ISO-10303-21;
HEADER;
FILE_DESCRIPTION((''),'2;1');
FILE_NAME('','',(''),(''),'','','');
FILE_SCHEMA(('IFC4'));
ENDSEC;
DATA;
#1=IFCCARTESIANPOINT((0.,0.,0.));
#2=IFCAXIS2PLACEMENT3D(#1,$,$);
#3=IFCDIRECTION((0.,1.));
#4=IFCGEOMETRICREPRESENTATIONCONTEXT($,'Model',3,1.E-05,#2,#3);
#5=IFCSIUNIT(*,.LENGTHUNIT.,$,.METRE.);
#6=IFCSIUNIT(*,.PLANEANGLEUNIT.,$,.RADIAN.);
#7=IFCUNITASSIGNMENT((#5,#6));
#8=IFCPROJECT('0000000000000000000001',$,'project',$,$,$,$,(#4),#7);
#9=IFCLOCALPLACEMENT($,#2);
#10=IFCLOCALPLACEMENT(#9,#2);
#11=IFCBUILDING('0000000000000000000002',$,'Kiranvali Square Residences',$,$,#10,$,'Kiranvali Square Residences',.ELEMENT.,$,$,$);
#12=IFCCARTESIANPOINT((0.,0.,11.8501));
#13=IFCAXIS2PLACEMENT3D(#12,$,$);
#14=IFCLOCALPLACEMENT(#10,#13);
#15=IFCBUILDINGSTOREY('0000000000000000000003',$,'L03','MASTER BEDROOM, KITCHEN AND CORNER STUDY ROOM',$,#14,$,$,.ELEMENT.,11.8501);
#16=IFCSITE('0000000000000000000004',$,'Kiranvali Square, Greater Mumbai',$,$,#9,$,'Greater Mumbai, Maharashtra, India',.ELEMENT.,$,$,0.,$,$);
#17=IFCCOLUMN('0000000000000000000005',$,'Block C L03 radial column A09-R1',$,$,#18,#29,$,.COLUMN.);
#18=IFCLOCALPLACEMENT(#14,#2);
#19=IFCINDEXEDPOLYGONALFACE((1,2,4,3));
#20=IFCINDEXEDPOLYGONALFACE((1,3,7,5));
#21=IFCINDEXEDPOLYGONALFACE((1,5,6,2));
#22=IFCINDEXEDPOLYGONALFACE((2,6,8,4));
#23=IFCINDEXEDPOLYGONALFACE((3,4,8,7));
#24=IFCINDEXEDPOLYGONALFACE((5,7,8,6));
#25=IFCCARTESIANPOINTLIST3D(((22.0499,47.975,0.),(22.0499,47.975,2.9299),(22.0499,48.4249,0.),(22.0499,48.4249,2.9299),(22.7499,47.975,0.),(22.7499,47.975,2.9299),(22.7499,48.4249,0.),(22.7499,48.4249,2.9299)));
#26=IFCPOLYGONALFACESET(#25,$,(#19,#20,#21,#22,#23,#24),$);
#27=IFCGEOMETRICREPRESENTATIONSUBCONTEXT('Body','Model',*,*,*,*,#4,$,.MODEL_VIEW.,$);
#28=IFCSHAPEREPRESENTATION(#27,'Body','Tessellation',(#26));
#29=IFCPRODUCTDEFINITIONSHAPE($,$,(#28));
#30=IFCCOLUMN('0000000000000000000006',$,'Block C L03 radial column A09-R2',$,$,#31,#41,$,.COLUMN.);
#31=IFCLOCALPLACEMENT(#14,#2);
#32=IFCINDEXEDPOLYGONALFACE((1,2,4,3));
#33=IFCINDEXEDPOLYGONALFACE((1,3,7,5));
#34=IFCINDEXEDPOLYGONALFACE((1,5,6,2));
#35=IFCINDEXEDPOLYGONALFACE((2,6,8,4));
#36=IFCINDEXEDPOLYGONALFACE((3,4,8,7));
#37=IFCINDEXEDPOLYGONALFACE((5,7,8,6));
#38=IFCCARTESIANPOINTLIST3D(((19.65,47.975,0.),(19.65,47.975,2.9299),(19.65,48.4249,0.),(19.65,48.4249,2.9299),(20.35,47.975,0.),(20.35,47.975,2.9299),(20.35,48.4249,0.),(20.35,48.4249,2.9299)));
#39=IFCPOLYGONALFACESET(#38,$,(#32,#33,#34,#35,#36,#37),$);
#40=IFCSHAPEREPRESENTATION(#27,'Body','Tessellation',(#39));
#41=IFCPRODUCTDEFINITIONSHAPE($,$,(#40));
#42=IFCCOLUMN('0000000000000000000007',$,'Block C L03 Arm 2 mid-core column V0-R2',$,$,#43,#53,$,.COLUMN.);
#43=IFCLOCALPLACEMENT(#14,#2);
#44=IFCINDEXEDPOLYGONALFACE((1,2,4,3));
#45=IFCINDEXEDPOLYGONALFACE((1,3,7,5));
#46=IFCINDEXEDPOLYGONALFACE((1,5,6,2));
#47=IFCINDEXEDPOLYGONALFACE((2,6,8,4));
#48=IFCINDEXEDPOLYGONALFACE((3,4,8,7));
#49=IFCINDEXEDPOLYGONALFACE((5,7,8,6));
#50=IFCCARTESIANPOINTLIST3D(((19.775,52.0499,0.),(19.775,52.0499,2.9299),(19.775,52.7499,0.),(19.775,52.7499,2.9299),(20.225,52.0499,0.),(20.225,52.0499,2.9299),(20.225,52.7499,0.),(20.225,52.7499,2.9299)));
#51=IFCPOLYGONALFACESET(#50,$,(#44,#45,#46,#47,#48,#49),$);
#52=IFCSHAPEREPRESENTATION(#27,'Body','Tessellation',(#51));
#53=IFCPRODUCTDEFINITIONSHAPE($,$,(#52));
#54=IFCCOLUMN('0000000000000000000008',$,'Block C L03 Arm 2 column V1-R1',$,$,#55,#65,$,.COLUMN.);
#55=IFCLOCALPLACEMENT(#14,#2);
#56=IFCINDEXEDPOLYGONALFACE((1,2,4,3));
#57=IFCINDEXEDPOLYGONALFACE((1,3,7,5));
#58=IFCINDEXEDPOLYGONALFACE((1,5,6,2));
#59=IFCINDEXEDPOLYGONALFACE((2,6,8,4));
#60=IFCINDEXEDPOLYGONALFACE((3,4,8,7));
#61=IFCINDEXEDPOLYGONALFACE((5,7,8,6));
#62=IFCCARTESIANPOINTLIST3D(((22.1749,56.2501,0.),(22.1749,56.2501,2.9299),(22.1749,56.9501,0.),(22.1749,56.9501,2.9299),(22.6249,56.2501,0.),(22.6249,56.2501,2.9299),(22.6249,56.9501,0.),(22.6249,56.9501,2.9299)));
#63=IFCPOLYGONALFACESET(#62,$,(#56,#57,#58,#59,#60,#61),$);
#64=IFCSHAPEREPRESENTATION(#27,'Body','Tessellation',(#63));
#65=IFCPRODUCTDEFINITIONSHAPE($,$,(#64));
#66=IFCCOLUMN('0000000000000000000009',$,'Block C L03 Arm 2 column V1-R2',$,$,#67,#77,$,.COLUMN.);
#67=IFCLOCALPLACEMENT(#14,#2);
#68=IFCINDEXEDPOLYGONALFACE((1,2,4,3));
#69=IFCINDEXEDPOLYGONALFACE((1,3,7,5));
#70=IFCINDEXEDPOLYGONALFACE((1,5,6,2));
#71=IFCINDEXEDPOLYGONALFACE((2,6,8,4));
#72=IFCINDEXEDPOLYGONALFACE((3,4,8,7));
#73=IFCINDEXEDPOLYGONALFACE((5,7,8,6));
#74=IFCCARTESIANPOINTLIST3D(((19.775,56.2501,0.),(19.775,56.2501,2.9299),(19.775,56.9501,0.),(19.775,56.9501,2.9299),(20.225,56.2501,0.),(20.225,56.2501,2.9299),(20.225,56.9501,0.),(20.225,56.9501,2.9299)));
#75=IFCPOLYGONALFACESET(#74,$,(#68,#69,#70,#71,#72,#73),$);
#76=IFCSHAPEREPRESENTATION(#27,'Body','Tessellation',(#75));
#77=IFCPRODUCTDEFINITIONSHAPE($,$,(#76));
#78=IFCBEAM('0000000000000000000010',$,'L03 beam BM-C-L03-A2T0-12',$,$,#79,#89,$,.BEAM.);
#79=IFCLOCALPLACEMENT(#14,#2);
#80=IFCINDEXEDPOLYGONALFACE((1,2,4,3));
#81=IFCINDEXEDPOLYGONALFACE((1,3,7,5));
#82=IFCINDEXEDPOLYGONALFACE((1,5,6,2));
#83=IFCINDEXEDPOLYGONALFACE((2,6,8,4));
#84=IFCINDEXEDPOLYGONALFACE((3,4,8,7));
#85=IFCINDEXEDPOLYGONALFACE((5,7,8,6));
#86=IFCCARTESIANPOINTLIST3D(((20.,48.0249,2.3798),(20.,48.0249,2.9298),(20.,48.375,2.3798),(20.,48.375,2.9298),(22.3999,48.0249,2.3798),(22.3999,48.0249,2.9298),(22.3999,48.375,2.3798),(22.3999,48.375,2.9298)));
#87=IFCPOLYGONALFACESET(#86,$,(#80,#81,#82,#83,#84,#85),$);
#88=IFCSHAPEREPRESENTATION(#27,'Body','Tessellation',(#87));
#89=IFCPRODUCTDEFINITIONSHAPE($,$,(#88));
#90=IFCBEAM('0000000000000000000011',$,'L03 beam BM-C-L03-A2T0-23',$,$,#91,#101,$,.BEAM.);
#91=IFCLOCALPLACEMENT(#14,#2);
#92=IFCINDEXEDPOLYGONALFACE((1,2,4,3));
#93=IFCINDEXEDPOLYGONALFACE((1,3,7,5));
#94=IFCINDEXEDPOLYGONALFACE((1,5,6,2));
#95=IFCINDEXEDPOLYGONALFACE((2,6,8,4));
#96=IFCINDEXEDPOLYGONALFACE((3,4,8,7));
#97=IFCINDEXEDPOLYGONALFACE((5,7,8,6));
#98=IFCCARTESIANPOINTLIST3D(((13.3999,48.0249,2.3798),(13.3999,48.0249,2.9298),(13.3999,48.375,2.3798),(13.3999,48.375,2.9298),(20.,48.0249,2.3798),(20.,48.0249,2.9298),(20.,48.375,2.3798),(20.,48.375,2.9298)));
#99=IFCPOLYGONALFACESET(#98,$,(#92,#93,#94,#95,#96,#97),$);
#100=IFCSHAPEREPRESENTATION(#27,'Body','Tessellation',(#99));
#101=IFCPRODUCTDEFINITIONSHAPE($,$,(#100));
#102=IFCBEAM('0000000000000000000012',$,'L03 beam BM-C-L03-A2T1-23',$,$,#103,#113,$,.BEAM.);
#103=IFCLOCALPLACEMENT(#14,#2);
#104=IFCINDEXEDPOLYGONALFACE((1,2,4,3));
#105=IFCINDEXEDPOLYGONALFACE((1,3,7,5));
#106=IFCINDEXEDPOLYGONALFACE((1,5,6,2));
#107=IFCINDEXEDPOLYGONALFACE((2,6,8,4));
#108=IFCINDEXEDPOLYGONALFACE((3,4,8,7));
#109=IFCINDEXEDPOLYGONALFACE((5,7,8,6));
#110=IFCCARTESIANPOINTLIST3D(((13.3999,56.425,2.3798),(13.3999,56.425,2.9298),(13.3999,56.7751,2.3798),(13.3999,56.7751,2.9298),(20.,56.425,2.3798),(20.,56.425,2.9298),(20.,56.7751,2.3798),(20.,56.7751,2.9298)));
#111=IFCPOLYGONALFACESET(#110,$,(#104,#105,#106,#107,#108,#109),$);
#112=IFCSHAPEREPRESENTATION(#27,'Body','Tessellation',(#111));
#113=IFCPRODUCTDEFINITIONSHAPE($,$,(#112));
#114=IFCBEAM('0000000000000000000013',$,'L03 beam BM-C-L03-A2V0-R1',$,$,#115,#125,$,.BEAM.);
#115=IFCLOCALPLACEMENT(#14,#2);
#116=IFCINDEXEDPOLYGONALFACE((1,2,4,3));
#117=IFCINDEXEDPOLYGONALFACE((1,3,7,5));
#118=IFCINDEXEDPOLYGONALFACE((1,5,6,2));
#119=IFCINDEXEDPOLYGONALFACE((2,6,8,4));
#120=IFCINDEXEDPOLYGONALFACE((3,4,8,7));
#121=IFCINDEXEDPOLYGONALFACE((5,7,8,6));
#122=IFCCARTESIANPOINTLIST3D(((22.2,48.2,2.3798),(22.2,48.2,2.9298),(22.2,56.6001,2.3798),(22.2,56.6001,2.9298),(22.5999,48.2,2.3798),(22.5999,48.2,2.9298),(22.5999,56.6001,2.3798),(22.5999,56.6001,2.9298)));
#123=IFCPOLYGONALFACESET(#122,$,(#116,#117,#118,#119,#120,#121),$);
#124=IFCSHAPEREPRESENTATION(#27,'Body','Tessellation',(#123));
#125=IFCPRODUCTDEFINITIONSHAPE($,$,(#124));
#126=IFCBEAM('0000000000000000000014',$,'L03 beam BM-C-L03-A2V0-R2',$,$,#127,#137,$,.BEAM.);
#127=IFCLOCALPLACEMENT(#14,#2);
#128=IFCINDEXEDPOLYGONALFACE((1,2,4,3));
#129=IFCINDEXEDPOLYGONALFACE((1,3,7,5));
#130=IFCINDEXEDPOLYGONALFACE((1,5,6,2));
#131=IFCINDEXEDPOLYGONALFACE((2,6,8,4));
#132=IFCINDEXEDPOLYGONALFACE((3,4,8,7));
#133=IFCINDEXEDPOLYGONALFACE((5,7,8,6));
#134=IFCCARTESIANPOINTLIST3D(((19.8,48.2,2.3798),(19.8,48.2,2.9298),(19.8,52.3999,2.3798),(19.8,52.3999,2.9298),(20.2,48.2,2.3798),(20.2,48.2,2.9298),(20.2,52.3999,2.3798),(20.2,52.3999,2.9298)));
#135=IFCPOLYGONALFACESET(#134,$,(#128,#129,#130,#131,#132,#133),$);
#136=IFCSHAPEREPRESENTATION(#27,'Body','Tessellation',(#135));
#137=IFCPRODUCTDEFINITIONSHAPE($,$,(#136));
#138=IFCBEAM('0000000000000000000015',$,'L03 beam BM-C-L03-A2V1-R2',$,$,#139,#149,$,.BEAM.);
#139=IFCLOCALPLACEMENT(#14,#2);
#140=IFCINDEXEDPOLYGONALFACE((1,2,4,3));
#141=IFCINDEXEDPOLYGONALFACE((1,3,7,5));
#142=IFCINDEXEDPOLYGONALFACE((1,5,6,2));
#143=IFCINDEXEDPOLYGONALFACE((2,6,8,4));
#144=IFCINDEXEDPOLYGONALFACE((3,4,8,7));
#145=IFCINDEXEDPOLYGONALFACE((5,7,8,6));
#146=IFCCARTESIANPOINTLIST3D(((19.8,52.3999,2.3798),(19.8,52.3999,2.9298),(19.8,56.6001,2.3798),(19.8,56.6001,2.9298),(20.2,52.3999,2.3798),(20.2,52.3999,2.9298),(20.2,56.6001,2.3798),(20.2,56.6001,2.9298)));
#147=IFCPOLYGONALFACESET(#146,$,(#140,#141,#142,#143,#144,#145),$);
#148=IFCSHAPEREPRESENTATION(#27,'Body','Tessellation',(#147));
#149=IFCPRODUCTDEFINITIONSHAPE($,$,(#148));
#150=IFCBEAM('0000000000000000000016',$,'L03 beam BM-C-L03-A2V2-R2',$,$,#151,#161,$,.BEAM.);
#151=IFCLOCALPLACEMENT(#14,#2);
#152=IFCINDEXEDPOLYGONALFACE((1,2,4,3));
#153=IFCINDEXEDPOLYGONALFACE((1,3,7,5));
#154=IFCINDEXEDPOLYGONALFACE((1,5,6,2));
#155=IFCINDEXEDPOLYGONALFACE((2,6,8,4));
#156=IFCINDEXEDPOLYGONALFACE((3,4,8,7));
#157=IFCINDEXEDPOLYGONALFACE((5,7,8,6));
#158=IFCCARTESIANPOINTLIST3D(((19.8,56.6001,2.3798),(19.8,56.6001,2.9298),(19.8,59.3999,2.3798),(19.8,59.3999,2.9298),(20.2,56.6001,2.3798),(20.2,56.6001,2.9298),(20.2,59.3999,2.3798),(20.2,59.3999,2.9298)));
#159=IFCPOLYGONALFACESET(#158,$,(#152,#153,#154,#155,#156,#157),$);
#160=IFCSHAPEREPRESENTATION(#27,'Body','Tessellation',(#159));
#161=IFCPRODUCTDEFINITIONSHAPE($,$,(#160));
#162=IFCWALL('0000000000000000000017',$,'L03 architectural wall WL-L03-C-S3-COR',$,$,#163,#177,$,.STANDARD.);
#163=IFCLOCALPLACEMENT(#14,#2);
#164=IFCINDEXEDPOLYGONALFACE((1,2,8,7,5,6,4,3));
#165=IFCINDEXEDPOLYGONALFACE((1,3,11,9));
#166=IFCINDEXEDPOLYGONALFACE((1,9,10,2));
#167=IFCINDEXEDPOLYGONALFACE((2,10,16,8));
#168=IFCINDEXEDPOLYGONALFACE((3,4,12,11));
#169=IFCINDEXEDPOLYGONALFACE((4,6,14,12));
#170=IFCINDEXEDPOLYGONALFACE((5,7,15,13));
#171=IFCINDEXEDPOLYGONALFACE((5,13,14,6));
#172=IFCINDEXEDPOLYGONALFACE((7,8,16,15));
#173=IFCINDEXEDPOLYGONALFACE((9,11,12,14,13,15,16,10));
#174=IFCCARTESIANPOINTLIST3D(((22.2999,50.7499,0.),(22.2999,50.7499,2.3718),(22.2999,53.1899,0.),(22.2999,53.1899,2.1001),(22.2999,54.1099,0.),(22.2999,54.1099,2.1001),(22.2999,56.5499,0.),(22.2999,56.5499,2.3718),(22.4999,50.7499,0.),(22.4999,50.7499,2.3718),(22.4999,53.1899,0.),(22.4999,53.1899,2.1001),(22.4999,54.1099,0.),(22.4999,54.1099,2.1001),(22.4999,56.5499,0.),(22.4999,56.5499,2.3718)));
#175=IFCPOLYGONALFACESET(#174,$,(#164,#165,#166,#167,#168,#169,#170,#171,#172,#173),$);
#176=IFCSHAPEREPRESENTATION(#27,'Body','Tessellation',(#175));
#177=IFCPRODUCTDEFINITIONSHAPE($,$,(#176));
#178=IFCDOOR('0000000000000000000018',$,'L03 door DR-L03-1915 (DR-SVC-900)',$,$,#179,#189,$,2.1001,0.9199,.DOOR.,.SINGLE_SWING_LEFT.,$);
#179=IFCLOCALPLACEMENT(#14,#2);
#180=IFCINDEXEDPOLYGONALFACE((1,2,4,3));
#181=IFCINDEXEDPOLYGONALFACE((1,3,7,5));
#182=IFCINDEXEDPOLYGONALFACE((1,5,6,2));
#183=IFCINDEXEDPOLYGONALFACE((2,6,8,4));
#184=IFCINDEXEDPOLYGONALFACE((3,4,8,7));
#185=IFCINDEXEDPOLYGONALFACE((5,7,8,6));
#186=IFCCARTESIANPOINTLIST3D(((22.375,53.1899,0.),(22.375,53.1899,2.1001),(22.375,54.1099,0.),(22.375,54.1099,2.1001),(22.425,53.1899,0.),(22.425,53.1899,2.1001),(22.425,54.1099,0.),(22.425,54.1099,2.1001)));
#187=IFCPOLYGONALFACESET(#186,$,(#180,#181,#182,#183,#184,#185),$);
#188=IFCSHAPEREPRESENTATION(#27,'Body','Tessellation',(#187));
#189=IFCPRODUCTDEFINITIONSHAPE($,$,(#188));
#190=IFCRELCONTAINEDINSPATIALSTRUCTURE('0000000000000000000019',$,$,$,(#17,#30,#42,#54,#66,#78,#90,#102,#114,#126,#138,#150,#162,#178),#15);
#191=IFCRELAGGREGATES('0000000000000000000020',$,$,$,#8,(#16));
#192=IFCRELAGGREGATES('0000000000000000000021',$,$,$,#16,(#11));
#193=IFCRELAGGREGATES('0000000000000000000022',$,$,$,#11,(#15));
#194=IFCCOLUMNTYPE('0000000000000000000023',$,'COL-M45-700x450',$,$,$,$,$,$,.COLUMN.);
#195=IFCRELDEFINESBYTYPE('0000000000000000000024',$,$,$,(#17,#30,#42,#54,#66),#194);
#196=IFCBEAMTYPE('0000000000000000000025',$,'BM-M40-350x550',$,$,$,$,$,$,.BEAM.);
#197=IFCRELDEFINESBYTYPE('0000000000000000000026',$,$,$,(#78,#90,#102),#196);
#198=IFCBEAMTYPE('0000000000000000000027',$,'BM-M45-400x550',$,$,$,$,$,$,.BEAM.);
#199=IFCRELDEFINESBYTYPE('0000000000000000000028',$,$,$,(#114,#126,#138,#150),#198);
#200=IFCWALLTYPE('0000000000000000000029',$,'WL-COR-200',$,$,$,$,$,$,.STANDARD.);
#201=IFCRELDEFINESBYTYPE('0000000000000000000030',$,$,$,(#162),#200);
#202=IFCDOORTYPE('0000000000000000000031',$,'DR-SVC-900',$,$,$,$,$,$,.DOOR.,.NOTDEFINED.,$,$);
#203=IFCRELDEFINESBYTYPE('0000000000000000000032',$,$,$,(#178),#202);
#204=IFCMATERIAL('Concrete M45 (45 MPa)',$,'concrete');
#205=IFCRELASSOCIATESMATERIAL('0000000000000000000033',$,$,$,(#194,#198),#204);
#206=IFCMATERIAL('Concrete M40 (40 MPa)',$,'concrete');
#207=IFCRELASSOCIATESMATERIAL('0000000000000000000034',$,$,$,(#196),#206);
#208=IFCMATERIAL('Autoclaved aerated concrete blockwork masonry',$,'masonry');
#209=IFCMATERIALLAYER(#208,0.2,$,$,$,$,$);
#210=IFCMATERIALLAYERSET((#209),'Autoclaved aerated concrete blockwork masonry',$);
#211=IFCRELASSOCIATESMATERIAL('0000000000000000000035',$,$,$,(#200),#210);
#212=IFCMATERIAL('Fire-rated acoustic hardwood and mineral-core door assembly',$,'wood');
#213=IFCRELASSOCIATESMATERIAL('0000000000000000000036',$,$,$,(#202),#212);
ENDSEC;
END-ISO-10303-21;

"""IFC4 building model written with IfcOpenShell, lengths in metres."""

from ifc_helpers import new_model, si_unit, direction, frame, frame_2d, origin, origin_2d, place, context, subcontext, project, spatial, rectangle, extrude, material, layer, layer_set, material_profile, profile_set, type_object, element, fill, save


model = new_model("IFC4")

# Units and contexts
model_context = context("Model", 3, precision=1e-05, world=origin(), true_north=direction((0.0, 1.0)))
body_context = subcontext(model_context, "Body", "Model", "MODEL_VIEW")
ifc_project = project(units=[si_unit("LENGTHUNIT", "METRE"), si_unit("PLANEANGLEUNIT", "RADIAN")], contexts=[model_context])

# Site, building, storey
site_placement = place(None, origin())
site = spatial("IfcSite", under=ifc_project, at=site_placement, Name="Kiranvali Square, Greater Mumbai", LongName="Greater Mumbai, Maharashtra, India", CompositionType="ELEMENT", RefElevation=0.0)
building_placement = place(site_placement, origin())
building = spatial("IfcBuilding", under=site, at=building_placement, Name="Kiranvali Square Residences", LongName="Kiranvali Square Residences", CompositionType="ELEMENT")
storey_placement = place(building_placement, frame((0.0, 0.0, 11.8501)))
storey = spatial("IfcBuildingStorey", under=building, at=storey_placement, Name="L03", Description="MASTER BEDROOM, KITCHEN AND CORNER STUDY ROOM", CompositionType="ELEMENT", Elevation=11.8501)

# Columns
ifc_material_1 = material(Name="Concrete M45 (45 MPa)", Category="concrete")
ifc_material_profile_1 = material_profile(ifc_material_1, rectangle(XDim=0.45, YDim=0.7, at=origin_2d()), Name="RC 700x450")
ifc_profile_set_1 = profile_set([ifc_material_profile_1], Name="Concrete M45 (45 MPa)")
column_type = type_object("IfcColumnType", Name="COL-M45-700x450", PredefinedType="COLUMN", material=ifc_profile_set_1)
for number, where, z_axis, x_axis, name in (
    (1, (22.3999, 48.2, 0.0), (0.0, 0.0, 1.0), (0.0, 1.0, 0.0), "Block C L03 radial column A09-R1"),
    (2, (20.0, 48.2, 0.0), (0.0, 0.0, 1.0), (0.0, 1.0, 0.0), "Block C L03 radial column A09-R2"),
    (3, (20.0, 52.3999, 0.0), (0.0, 0.0, 1.0), (1.0, 0.0, 0.0), "Block C L03 Arm 2 mid-core column V0-R2"),
    (4, (22.3999, 56.6001, 0.0), (0.0, 0.0, 1.0), (1.0, 0.0, 0.0), "Block C L03 Arm 2 column V1-R1"),
    (5, (20.0, 56.6001, 0.0), (0.0, 0.0, 1.0), (1.0, 0.0, 0.0), "Block C L03 Arm 2 column V1-R2"),
):
    element("IfcColumn", number, at=place(storey_placement, frame(where, z_axis=z_axis, x_axis=x_axis)), inside=storey, type_object=column_type, Name=name, PredefinedType="COLUMN", context=body_context, shape_type="SweptSolid", body=[
        extrude(rectangle(XDim=0.45, YDim=0.7, at=origin_2d()), origin(), (0.0, 0.0, 1.0), 2.9299),
    ])

# Beams
ifc_material_2 = material(Name="Concrete M40 (40 MPa)", Category="concrete")
ifc_material_profile_2 = material_profile(ifc_material_2, rectangle(XDim=0.3501, YDim=0.55, at=origin_2d()), Name="RC 350x550")
ifc_profile_set_2 = profile_set([ifc_material_profile_2], Name="Concrete M40 (40 MPa)")
beam_type_1 = type_object("IfcBeamType", Name="BM-M40-350x550", PredefinedType="BEAM", material=ifc_profile_set_2)
beam_1_placement = place(storey_placement, frame((22.3999, 48.2, 2.6548), z_axis=(-1.0, 0.0, 0.0), x_axis=(0.0, -1.0, 0.0)))
element("IfcBeam", 6, at=beam_1_placement, inside=storey, type_object=beam_type_1, Name="L03 beam BM-C-L03-A2T0-12", PredefinedType="BEAM", context=body_context, shape_type="SweptSolid", body=[
    extrude(rectangle(XDim=0.3501, YDim=0.55, at=origin_2d()), origin(), (0.0, 0.0, 1.0), 2.3999),
])
for number, where, z_axis, x_axis, name in (
    (7, (20.0, 48.2, 2.6548), (-1.0, 0.0, 0.0), (0.0, -1.0, 0.0), "L03 beam BM-C-L03-A2T0-23"),
    (8, (20.0, 56.6001, 2.6548), (-1.0, 0.0, 0.0), (0.0, -1.0, 0.0), "L03 beam BM-C-L03-A2T1-23"),
):
    element("IfcBeam", number, at=place(storey_placement, frame(where, z_axis=z_axis, x_axis=x_axis)), inside=storey, type_object=beam_type_1, Name=name, PredefinedType="BEAM", context=body_context, shape_type="SweptSolid", body=[
        extrude(rectangle(XDim=0.3501, YDim=0.55, at=origin_2d()), origin(), (0.0, 0.0, 1.0), 6.6001),
    ])
ifc_material_profile_3 = material_profile(ifc_material_1, rectangle(XDim=0.3999, YDim=0.55, at=origin_2d()), Name="RC 400x550")
ifc_profile_set_3 = profile_set([ifc_material_profile_3], Name="Concrete M45 (45 MPa)")
beam_type_2 = type_object("IfcBeamType", Name="BM-M45-400x550", PredefinedType="BEAM", material=ifc_profile_set_3)
beam_2_placement = place(storey_placement, frame((22.3999, 48.2, 2.6548), z_axis=(0.0, 1.0, 0.0), x_axis=(-1.0, 0.0, 0.0)))
element("IfcBeam", 9, at=beam_2_placement, inside=storey, type_object=beam_type_2, Name="L03 beam BM-C-L03-A2V0-R1", PredefinedType="BEAM", context=body_context, shape_type="SweptSolid", body=[
    extrude(rectangle(XDim=0.3999, YDim=0.55, at=origin_2d()), origin(), (0.0, 0.0, 1.0), 8.4001),
])
beam_3_placement = place(storey_placement, frame((20.0, 48.2, 2.6548), z_axis=(0.0, 1.0, 0.0), x_axis=(-1.0, 0.0, 0.0)))
element("IfcBeam", 10, at=beam_3_placement, inside=storey, type_object=beam_type_2, Name="L03 beam BM-C-L03-A2V0-R2", PredefinedType="BEAM", context=body_context, shape_type="SweptSolid", body=[
    extrude(rectangle(XDim=0.3999, YDim=0.55, at=origin_2d()), origin(), (0.0, 0.0, 1.0), 4.2),
])
beam_4_placement = place(storey_placement, frame((20.0, 52.3999, 2.6548), z_axis=(0.0, 1.0, 0.0), x_axis=(-1.0, 0.0, 0.0)))
element("IfcBeam", 11, at=beam_4_placement, inside=storey, type_object=beam_type_2, Name="L03 beam BM-C-L03-A2V1-R2", PredefinedType="BEAM", context=body_context, shape_type="SweptSolid", body=[
    extrude(rectangle(XDim=0.3999, YDim=0.55, at=origin_2d()), origin(), (0.0, 0.0, 1.0), 4.2002),
])
beam_5_placement = place(storey_placement, frame((20.0, 56.6001, 2.6548), z_axis=(0.0, 1.0, 0.0), x_axis=(-1.0, 0.0, 0.0)))
element("IfcBeam", 12, at=beam_5_placement, inside=storey, type_object=beam_type_2, Name="L03 beam BM-C-L03-A2V2-R2", PredefinedType="BEAM", context=body_context, shape_type="SweptSolid", body=[
    extrude(rectangle(XDim=0.3999, YDim=0.55, at=origin_2d()), origin(), (0.0, 0.0, 1.0), 2.7998),
])

# Wall, opening, door
ifc_material_3 = material(Name="Autoclaved aerated concrete blockwork masonry", Category="masonry")
ifc_layer_1 = layer(ifc_material_3, 0.2)
ifc_layer_set_1 = layer_set([ifc_layer_1], Name="Autoclaved aerated concrete blockwork masonry")
wall_type_1 = type_object("IfcWallType", Name="WL-COR-200", PredefinedType="STANDARD", material=ifc_layer_set_1)
wall_1_placement = place(storey_placement, frame((22.3999, 50.75, 0.0), z_axis=(0.0, 0.0, 1.0), x_axis=(0.0, 1.0, 0.0)))
wall_1 = element("IfcWall", 13, at=wall_1_placement, inside=storey, type_object=wall_type_1, Name="L03 architectural wall WL-L03-C-S3-COR", PredefinedType="STANDARD", context=body_context, shape_type="SweptSolid", body=[
    extrude(rectangle(XDim=5.8, YDim=0.2, at=frame_2d((2.8999, 0.0))), origin(), (0.0, 0.0, 1.0), 2.3718),
])
opening_1_placement = place(wall_1_placement, frame((2.4399, 0.0, 0.0)))
opening_1 = element("IfcOpeningElement", 14, at=opening_1_placement, cuts=wall_1, PredefinedType="OPENING", context=body_context, shape_type="SweptSolid", body=[
    extrude(rectangle(XDim=0.9199, YDim=2.1001, at=frame_2d((0.46, 1.05))), frame((0.0, 0.1099, 0.0), z_axis=(0.0, -1.0, 0.0), x_axis=(1.0, 0.0, 0.0)), (0.0, 0.0, 1.0), 0.22),
])
ifc_material_4 = material(Name="Fire-rated acoustic hardwood and mineral-core door assembly", Category="wood")
door_type_1 = type_object("IfcDoorType", Name="DR-SVC-900", OperationType="NOTDEFINED", PredefinedType="DOOR", material=ifc_material_4)
door_1_placement = place(opening_1_placement, origin())
door_1 = element("IfcDoor", 15, at=door_1_placement, inside=storey, type_object=door_type_1, Name="L03 door DR-L03-1915 (DR-SVC-900)", OperationType="SINGLE_SWING_LEFT", OverallHeight=2.1001, OverallWidth=0.9199, PredefinedType="DOOR", context=body_context, shape_type="SweptSolid", body=[
    extrude(rectangle(XDim=0.9199, YDim=2.1001, at=frame_2d((0.46, 1.05))), frame((0.0, 0.0249, 0.0), z_axis=(0.0, -1.0, 0.0), x_axis=(1.0, 0.0, 0.0)), (0.0, 0.0, 1.0), 0.05),
])
fill(opening_1, door_1)

save(model, "model.ifc")
